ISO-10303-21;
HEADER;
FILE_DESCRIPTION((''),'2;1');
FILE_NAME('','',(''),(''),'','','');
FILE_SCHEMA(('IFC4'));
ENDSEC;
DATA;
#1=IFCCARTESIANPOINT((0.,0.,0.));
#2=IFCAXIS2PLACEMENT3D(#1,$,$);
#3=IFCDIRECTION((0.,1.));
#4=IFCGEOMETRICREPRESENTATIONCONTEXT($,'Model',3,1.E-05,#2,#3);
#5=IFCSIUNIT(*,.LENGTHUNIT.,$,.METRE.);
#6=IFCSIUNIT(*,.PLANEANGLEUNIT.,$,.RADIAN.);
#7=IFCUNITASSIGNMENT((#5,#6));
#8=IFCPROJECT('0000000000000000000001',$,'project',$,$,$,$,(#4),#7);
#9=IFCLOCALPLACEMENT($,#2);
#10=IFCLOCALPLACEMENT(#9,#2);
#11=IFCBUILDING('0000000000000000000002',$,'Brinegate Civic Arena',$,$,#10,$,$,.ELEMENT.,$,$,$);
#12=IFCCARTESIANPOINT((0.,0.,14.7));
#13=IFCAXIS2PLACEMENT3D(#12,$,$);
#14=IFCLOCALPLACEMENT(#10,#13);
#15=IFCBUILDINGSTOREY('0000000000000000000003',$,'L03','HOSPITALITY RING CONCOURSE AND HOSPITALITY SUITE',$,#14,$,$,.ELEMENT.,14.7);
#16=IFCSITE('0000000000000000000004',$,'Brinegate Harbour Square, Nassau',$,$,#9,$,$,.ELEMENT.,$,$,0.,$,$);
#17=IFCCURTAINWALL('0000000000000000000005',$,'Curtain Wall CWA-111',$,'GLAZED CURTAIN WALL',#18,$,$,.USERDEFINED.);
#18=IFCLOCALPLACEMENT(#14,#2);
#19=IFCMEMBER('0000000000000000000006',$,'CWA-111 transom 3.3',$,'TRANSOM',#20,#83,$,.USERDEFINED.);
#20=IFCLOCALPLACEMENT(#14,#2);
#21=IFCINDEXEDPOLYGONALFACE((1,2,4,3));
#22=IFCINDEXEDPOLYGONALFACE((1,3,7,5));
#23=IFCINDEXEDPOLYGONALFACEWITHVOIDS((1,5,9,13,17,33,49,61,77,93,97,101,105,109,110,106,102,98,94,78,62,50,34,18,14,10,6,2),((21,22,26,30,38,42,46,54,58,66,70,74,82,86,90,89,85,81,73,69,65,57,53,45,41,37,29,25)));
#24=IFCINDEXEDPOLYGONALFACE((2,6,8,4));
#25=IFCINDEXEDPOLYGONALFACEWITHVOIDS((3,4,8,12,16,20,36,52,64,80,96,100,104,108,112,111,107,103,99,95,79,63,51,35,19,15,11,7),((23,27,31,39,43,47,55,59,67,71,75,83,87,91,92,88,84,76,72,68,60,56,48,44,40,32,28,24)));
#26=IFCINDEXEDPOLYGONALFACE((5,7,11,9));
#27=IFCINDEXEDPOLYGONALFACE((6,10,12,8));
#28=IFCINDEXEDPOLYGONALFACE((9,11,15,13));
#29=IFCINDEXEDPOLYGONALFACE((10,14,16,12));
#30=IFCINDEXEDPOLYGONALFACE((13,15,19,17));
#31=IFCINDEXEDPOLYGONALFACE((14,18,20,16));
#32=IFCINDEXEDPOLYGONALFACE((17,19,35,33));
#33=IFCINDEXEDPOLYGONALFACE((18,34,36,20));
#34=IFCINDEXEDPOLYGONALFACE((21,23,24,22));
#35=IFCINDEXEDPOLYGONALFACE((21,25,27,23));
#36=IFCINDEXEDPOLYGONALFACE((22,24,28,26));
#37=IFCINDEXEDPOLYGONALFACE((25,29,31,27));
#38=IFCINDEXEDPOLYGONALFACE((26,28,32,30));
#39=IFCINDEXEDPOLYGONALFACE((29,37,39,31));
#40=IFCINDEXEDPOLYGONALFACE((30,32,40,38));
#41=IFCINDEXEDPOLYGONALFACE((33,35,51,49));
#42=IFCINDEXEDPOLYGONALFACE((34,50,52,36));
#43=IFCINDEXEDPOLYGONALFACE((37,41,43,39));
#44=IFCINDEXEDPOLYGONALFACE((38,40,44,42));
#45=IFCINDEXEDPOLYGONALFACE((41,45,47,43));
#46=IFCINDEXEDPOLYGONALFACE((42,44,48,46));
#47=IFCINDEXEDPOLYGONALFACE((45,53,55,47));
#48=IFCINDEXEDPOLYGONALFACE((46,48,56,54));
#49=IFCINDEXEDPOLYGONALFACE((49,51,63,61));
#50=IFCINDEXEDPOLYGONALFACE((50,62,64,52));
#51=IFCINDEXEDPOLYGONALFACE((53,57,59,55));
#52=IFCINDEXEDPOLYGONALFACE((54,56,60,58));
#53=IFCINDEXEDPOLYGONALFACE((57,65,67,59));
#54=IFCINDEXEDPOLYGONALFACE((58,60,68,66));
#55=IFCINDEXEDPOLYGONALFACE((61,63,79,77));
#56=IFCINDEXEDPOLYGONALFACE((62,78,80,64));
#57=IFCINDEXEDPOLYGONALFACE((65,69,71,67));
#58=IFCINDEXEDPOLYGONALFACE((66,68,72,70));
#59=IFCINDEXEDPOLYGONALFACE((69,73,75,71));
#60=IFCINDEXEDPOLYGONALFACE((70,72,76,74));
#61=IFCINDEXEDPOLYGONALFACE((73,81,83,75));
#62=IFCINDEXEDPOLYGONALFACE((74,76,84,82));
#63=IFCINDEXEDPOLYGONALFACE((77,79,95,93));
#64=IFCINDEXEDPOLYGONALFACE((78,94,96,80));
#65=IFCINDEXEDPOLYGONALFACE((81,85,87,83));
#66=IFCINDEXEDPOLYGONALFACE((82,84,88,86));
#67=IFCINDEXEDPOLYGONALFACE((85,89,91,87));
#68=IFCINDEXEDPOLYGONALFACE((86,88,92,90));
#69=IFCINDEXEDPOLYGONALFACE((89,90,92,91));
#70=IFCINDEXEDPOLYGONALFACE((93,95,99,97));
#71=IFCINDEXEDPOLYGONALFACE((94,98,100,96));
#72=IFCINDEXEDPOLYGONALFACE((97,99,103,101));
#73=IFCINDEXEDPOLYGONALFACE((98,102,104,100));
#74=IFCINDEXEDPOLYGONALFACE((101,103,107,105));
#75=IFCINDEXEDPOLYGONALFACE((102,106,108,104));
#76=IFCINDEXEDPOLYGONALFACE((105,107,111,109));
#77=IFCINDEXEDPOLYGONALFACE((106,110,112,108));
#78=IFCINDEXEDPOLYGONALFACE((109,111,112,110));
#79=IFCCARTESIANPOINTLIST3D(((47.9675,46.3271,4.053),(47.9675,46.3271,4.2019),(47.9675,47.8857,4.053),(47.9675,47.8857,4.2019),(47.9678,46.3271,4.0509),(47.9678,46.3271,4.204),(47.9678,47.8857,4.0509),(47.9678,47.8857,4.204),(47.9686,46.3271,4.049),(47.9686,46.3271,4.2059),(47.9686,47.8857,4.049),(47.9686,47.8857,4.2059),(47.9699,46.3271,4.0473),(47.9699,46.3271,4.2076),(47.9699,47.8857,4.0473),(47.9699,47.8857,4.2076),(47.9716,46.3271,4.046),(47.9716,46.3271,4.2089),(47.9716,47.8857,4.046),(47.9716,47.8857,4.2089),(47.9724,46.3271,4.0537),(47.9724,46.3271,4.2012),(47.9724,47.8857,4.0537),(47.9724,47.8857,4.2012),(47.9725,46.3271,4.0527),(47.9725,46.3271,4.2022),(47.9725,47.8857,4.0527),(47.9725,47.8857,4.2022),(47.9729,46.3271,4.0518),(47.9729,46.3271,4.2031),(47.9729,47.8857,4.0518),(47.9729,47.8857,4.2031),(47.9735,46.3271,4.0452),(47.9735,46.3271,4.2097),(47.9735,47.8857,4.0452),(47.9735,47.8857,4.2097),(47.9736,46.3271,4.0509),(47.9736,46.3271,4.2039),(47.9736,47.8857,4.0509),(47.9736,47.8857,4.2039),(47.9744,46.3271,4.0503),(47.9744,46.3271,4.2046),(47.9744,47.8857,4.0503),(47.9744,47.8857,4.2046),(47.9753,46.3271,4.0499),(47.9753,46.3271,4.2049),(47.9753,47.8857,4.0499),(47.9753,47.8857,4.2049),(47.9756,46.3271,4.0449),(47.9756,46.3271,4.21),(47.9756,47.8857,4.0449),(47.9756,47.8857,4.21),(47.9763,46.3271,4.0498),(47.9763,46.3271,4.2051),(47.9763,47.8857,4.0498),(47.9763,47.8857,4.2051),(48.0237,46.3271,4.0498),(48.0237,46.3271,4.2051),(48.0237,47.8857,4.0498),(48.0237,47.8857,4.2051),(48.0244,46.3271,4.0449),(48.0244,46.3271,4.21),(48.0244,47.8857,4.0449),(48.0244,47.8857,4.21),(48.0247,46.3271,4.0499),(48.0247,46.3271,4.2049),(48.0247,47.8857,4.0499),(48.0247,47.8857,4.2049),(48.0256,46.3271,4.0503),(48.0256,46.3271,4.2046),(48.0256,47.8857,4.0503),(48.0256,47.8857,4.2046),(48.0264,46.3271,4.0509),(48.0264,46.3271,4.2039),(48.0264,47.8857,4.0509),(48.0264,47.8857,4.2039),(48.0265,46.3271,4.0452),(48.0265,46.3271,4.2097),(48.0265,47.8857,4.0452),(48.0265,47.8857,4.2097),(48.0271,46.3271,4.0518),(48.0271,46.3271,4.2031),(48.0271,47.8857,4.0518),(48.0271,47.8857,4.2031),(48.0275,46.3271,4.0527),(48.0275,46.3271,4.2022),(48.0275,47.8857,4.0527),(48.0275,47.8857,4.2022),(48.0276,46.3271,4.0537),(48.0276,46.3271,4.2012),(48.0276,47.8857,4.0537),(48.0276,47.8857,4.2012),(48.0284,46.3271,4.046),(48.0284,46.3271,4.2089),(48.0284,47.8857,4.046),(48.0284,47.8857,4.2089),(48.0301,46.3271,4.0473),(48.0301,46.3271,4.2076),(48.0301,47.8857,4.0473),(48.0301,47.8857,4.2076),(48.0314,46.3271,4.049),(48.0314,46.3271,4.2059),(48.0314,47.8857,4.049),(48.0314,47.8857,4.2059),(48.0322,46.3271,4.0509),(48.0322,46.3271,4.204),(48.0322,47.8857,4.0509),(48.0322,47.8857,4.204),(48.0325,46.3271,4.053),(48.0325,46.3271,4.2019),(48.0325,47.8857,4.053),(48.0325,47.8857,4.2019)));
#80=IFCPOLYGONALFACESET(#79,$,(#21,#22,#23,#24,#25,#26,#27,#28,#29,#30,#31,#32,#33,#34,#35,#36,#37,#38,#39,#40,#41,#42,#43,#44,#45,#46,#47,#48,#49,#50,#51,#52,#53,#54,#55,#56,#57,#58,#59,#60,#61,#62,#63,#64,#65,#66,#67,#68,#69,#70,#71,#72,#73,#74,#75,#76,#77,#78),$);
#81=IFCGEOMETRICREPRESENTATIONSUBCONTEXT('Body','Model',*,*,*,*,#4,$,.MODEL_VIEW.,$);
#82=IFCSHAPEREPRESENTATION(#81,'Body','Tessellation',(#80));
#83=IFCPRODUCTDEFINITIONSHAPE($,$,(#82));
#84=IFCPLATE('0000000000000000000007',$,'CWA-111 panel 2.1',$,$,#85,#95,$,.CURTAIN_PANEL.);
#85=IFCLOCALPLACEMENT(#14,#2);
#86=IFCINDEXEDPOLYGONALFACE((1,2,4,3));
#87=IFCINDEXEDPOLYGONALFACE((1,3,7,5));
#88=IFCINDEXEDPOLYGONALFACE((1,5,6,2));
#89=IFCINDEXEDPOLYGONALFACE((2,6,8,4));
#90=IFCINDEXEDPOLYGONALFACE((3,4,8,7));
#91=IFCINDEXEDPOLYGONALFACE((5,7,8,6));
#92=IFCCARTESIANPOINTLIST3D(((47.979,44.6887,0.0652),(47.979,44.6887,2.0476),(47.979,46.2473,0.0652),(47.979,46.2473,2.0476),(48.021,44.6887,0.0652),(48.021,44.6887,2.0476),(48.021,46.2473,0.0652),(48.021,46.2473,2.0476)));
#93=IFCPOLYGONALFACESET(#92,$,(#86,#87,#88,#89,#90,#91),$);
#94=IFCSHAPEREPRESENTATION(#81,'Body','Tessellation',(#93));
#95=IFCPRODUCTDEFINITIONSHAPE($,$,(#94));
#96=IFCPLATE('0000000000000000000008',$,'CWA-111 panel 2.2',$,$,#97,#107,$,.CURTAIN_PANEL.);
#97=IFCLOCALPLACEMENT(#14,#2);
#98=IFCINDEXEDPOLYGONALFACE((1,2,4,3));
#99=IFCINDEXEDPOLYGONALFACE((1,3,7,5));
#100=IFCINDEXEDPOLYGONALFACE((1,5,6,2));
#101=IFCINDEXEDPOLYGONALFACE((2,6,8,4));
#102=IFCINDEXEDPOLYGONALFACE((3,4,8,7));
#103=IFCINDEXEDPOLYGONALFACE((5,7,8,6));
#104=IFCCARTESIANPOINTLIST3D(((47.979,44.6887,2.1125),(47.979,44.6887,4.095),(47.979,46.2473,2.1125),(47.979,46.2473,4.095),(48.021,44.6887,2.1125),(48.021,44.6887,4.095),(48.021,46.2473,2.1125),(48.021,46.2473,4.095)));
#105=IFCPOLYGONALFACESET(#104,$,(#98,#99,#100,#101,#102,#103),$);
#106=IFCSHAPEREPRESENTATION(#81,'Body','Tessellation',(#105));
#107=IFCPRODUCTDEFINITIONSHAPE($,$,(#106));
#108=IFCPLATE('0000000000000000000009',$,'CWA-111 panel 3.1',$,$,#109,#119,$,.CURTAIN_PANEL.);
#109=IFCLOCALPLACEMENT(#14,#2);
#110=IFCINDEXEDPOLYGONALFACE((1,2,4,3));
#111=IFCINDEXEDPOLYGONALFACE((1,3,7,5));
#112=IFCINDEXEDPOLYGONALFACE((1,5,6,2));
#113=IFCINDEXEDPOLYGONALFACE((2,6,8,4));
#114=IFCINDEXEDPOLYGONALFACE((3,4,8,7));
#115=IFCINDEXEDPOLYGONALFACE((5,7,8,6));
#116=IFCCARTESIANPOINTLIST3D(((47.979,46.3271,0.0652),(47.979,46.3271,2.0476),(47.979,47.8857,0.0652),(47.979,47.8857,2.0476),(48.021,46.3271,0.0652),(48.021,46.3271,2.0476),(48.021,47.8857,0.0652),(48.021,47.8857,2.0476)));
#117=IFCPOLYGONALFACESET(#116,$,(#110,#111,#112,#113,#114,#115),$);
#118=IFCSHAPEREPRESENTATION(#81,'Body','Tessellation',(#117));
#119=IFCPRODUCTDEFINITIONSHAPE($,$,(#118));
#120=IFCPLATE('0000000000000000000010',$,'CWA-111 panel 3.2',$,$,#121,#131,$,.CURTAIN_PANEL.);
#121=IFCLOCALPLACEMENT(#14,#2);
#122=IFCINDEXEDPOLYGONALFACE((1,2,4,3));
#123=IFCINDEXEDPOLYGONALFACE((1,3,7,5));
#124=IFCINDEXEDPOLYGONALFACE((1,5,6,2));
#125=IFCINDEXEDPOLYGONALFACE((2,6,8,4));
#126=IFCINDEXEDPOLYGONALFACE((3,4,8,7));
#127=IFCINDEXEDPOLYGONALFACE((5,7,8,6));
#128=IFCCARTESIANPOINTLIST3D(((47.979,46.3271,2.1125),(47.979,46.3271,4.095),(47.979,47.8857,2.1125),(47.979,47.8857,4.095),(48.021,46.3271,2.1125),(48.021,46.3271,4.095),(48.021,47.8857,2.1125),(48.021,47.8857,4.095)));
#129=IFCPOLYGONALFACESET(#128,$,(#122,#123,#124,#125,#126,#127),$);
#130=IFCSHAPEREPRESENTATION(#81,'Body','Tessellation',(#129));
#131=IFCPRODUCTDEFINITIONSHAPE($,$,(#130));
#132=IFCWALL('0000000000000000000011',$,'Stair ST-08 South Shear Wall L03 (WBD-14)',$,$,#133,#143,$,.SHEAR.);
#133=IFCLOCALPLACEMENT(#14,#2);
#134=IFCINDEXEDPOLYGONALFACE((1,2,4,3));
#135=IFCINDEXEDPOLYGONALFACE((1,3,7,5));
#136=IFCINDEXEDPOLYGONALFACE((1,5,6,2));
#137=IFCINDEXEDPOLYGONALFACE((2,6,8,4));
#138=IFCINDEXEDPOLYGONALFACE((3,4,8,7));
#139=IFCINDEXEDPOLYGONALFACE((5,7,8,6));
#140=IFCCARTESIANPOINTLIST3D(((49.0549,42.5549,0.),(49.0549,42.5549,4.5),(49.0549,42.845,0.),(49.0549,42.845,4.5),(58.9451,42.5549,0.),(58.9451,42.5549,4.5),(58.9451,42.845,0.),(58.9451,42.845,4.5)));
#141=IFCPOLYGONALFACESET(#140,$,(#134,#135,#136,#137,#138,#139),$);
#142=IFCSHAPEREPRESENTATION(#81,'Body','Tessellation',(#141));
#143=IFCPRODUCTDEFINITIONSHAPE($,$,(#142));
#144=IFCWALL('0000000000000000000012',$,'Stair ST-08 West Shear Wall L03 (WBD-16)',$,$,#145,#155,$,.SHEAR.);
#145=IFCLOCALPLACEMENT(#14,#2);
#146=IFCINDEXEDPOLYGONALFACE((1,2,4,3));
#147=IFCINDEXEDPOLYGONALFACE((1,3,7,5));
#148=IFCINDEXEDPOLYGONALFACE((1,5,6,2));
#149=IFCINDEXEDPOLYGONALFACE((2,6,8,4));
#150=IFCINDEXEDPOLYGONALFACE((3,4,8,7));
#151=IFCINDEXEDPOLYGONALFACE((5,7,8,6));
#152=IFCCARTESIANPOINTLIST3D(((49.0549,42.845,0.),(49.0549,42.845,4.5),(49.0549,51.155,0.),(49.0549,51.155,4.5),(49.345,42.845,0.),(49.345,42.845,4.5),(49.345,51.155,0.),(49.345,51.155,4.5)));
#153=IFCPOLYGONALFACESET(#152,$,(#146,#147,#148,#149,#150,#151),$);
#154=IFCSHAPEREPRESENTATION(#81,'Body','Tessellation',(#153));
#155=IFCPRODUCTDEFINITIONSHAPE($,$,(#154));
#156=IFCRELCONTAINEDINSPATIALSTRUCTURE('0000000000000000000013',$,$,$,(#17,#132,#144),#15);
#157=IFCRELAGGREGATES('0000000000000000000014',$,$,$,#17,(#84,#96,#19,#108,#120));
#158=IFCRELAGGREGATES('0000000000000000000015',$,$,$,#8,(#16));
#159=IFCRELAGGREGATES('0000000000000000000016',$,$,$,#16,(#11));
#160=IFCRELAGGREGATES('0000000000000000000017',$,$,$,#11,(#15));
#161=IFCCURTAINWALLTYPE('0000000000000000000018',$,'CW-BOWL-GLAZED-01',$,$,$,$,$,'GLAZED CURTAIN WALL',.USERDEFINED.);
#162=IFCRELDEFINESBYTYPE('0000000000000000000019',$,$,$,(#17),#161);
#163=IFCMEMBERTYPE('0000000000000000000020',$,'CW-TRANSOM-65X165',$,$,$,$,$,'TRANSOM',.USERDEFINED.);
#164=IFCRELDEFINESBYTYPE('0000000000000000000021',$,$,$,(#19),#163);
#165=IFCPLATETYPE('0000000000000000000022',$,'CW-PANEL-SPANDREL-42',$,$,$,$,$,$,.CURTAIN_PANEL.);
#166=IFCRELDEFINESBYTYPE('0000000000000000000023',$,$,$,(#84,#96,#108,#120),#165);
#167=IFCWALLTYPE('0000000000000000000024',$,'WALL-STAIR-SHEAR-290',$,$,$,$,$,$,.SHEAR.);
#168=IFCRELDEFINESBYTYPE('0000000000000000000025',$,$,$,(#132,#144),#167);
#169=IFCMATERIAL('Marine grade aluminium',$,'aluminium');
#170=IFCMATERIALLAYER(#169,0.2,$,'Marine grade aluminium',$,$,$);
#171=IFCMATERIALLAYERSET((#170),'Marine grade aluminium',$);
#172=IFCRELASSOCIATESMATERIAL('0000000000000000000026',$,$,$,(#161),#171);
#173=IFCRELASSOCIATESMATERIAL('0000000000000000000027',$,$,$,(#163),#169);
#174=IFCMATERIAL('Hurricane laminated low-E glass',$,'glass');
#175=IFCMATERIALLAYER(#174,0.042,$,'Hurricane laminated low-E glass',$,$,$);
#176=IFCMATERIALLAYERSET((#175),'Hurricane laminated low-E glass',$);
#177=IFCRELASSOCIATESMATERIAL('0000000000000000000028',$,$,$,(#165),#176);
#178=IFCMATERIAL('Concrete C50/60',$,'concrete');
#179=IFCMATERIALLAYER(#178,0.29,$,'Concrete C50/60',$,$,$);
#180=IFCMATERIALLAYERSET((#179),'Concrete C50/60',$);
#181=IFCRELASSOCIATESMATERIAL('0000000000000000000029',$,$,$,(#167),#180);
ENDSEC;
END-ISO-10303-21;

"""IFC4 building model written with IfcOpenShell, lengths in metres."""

from ifc_helpers import new_model, si_unit, direction, frame, frame_2d, origin, origin_2d, place, context, subcontext, project, spatial, rectangle, hollow_rectangle, extrude, material, layer, layer_set, material_profile, profile_set, type_object, element, aggregate, save


model = new_model("IFC4")

# Units and contexts
model_context = context("Model", 3, precision=1e-05, world=origin(), true_north=direction((0.0, 1.0)))
body_context = subcontext(model_context, "Body", "Model", "MODEL_VIEW")
ifc_project = project(units=[si_unit("LENGTHUNIT", "METRE"), si_unit("PLANEANGLEUNIT", "RADIAN")], contexts=[model_context])

# Site, building, storey
site_placement = place(None, origin())
site = spatial("IfcSite", under=ifc_project, at=site_placement, Name="Brinegate Harbour Square, Nassau", CompositionType="ELEMENT", RefElevation=0.0)
building_placement = place(site_placement, origin())
building = spatial("IfcBuilding", under=site, at=building_placement, Name="Brinegate Civic Arena", CompositionType="ELEMENT")
storey_placement = place(building_placement, frame((0.0, 0.0, 14.7)))
storey = spatial("IfcBuildingStorey", under=building, at=storey_placement, Name="L03", Description="HOSPITALITY RING CONCOURSE AND HOSPITALITY SUITE", CompositionType="ELEMENT", Elevation=14.7)

# Curtain wall, member, plates
ifc_material_1 = material(Name="Marine grade aluminium", Category="aluminium")
ifc_layer_1 = layer(ifc_material_1, 0.2, Name="Marine grade aluminium")
ifc_layer_set_1 = layer_set([ifc_layer_1], Name="Marine grade aluminium")
curtain_wall_type = type_object("IfcCurtainWallType", Name="CW-BOWL-GLAZED-01", ElementType="GLAZED CURTAIN WALL", PredefinedType="USERDEFINED", material=ifc_layer_set_1)
curtain_wall_placement = place(storey_placement, origin())
curtain_wall = element("IfcCurtainWall", 1, at=curtain_wall_placement, inside=storey, type_object=curtain_wall_type, Name="Curtain Wall CWA-111", ObjectType="GLAZED CURTAIN WALL", PredefinedType="USERDEFINED")
ifc_material_profile_1 = material_profile(ifc_material_1, hollow_rectangle(XDim=0.0649, YDim=0.165, WallThickness=0.0049, InnerFilletRadius=0.0039, OuterFilletRadius=0.0081, at=origin_2d()), Name="TRN65X165")
ifc_profile_set_1 = profile_set([ifc_material_profile_1], Name="Marine grade aluminium")
member_type_1 = type_object("IfcMemberType", Name="CW-TRANSOM-65X165", ElementType="TRANSOM", PredefinedType="USERDEFINED", material=ifc_profile_set_1)
member_1_placement = place(storey_placement, frame((48.0, 46.3271, 4.1274), z_axis=(0.0, 1.0, 0.0), x_axis=(-1.0, 0.0, 0.0)))
member_1 = element("IfcMember", 2, at=member_1_placement, type_object=member_type_1, Name="CWA-111 transom 3.3", ObjectType="TRANSOM", PredefinedType="USERDEFINED", context=body_context, shape_type="SweptSolid", body=[
    extrude(hollow_rectangle(XDim=0.0649, YDim=0.165, WallThickness=0.0049, InnerFilletRadius=0.0039, OuterFilletRadius=0.0081, at=origin_2d()), origin(), (0.0, 0.0, 1.0), 1.5586),
])
ifc_material_2 = material(Name="Hurricane laminated low-E glass", Category="glass")
ifc_layer_2 = layer(ifc_material_2, 0.042, Name="Hurricane laminated low-E glass")
ifc_layer_set_2 = layer_set([ifc_layer_2], Name="Hurricane laminated low-E glass")
plate_type = type_object("IfcPlateType", Name="CW-PANEL-SPANDREL-42", PredefinedType="CURTAIN_PANEL", material=ifc_layer_set_2)
plate_1_placement = place(storey_placement, frame((48.0, 45.468, 0.0652), z_axis=(0.0, 0.0, 1.0), x_axis=(0.0, 1.0, 0.0)))
plate_1 = element("IfcPlate", 3, at=plate_1_placement, type_object=plate_type, Name="CWA-111 panel 2.1", PredefinedType="CURTAIN_PANEL", context=body_context, shape_type="SweptSolid", body=[
    extrude(rectangle(XDim=1.5586, YDim=0.042, at=origin_2d()), origin(), (0.0, 0.0, 1.0), 1.9824),
])
plate_2_placement = place(storey_placement, frame((48.0, 45.468, 2.1125), z_axis=(0.0, 0.0, 1.0), x_axis=(0.0, 1.0, 0.0)))
plate_2 = element("IfcPlate", 4, at=plate_2_placement, type_object=plate_type, Name="CWA-111 panel 2.2", PredefinedType="CURTAIN_PANEL", context=body_context, shape_type="SweptSolid", body=[
    extrude(rectangle(XDim=1.5586, YDim=0.042, at=origin_2d()), origin(), (0.0, 0.0, 1.0), 1.9824),
])
plate_3_placement = place(storey_placement, frame((48.0, 47.1064, 0.0652), z_axis=(0.0, 0.0, 1.0), x_axis=(0.0, 1.0, 0.0)))
plate_3 = element("IfcPlate", 5, at=plate_3_placement, type_object=plate_type, Name="CWA-111 panel 3.1", PredefinedType="CURTAIN_PANEL", context=body_context, shape_type="SweptSolid", body=[
    extrude(rectangle(XDim=1.5586, YDim=0.042, at=origin_2d()), origin(), (0.0, 0.0, 1.0), 1.9824),
])
plate_4_placement = place(storey_placement, frame((48.0, 47.1064, 2.1125), z_axis=(0.0, 0.0, 1.0), x_axis=(0.0, 1.0, 0.0)))
plate_4 = element("IfcPlate", 6, at=plate_4_placement, type_object=plate_type, Name="CWA-111 panel 3.2", PredefinedType="CURTAIN_PANEL", context=body_context, shape_type="SweptSolid", body=[
    extrude(rectangle(XDim=1.5586, YDim=0.042, at=origin_2d()), origin(), (0.0, 0.0, 1.0), 1.9824),
])
aggregate(curtain_wall, [plate_1, plate_2, member_1, plate_3, plate_4])

# Walls
ifc_material_3 = material(Name="Concrete C50/60", Category="concrete")
ifc_layer_3 = layer(ifc_material_3, 0.29, Name="Concrete C50/60")
ifc_layer_set_3 = layer_set([ifc_layer_3], Name="Concrete C50/60")
wall_type = type_object("IfcWallType", Name="WALL-STAIR-SHEAR-290", PredefinedType="SHEAR", material=ifc_layer_set_3)
wall_1_placement = place(storey_placement, frame((49.0549, 42.7, 0.0), z_axis=(0.0, 0.0, 1.0), x_axis=(1.0, 0.0, 0.0)))
element("IfcWall", 7, at=wall_1_placement, inside=storey, type_object=wall_type, Name="Stair ST-08 South Shear Wall L03 (WBD-14)", PredefinedType="SHEAR", context=body_context, shape_type="SweptSolid", body=[
    extrude(rectangle(XDim=9.8901, YDim=0.29, at=frame_2d((4.9451, 0.0))), origin(), (0.0, 0.0, 1.0), 4.5),
])
wall_2_placement = place(storey_placement, frame((49.2, 42.845, 0.0), z_axis=(0.0, 0.0, 1.0), x_axis=(0.0, 1.0, 0.0)))
element("IfcWall", 8, at=wall_2_placement, inside=storey, type_object=wall_type, Name="Stair ST-08 West Shear Wall L03 (WBD-16)", PredefinedType="SHEAR", context=body_context, shape_type="SweptSolid", body=[
    extrude(rectangle(XDim=8.3101, YDim=0.29, at=frame_2d((4.155, 0.0))), origin(), (0.0, 0.0, 1.0), 4.5),
])

save(model, "model.ifc")
